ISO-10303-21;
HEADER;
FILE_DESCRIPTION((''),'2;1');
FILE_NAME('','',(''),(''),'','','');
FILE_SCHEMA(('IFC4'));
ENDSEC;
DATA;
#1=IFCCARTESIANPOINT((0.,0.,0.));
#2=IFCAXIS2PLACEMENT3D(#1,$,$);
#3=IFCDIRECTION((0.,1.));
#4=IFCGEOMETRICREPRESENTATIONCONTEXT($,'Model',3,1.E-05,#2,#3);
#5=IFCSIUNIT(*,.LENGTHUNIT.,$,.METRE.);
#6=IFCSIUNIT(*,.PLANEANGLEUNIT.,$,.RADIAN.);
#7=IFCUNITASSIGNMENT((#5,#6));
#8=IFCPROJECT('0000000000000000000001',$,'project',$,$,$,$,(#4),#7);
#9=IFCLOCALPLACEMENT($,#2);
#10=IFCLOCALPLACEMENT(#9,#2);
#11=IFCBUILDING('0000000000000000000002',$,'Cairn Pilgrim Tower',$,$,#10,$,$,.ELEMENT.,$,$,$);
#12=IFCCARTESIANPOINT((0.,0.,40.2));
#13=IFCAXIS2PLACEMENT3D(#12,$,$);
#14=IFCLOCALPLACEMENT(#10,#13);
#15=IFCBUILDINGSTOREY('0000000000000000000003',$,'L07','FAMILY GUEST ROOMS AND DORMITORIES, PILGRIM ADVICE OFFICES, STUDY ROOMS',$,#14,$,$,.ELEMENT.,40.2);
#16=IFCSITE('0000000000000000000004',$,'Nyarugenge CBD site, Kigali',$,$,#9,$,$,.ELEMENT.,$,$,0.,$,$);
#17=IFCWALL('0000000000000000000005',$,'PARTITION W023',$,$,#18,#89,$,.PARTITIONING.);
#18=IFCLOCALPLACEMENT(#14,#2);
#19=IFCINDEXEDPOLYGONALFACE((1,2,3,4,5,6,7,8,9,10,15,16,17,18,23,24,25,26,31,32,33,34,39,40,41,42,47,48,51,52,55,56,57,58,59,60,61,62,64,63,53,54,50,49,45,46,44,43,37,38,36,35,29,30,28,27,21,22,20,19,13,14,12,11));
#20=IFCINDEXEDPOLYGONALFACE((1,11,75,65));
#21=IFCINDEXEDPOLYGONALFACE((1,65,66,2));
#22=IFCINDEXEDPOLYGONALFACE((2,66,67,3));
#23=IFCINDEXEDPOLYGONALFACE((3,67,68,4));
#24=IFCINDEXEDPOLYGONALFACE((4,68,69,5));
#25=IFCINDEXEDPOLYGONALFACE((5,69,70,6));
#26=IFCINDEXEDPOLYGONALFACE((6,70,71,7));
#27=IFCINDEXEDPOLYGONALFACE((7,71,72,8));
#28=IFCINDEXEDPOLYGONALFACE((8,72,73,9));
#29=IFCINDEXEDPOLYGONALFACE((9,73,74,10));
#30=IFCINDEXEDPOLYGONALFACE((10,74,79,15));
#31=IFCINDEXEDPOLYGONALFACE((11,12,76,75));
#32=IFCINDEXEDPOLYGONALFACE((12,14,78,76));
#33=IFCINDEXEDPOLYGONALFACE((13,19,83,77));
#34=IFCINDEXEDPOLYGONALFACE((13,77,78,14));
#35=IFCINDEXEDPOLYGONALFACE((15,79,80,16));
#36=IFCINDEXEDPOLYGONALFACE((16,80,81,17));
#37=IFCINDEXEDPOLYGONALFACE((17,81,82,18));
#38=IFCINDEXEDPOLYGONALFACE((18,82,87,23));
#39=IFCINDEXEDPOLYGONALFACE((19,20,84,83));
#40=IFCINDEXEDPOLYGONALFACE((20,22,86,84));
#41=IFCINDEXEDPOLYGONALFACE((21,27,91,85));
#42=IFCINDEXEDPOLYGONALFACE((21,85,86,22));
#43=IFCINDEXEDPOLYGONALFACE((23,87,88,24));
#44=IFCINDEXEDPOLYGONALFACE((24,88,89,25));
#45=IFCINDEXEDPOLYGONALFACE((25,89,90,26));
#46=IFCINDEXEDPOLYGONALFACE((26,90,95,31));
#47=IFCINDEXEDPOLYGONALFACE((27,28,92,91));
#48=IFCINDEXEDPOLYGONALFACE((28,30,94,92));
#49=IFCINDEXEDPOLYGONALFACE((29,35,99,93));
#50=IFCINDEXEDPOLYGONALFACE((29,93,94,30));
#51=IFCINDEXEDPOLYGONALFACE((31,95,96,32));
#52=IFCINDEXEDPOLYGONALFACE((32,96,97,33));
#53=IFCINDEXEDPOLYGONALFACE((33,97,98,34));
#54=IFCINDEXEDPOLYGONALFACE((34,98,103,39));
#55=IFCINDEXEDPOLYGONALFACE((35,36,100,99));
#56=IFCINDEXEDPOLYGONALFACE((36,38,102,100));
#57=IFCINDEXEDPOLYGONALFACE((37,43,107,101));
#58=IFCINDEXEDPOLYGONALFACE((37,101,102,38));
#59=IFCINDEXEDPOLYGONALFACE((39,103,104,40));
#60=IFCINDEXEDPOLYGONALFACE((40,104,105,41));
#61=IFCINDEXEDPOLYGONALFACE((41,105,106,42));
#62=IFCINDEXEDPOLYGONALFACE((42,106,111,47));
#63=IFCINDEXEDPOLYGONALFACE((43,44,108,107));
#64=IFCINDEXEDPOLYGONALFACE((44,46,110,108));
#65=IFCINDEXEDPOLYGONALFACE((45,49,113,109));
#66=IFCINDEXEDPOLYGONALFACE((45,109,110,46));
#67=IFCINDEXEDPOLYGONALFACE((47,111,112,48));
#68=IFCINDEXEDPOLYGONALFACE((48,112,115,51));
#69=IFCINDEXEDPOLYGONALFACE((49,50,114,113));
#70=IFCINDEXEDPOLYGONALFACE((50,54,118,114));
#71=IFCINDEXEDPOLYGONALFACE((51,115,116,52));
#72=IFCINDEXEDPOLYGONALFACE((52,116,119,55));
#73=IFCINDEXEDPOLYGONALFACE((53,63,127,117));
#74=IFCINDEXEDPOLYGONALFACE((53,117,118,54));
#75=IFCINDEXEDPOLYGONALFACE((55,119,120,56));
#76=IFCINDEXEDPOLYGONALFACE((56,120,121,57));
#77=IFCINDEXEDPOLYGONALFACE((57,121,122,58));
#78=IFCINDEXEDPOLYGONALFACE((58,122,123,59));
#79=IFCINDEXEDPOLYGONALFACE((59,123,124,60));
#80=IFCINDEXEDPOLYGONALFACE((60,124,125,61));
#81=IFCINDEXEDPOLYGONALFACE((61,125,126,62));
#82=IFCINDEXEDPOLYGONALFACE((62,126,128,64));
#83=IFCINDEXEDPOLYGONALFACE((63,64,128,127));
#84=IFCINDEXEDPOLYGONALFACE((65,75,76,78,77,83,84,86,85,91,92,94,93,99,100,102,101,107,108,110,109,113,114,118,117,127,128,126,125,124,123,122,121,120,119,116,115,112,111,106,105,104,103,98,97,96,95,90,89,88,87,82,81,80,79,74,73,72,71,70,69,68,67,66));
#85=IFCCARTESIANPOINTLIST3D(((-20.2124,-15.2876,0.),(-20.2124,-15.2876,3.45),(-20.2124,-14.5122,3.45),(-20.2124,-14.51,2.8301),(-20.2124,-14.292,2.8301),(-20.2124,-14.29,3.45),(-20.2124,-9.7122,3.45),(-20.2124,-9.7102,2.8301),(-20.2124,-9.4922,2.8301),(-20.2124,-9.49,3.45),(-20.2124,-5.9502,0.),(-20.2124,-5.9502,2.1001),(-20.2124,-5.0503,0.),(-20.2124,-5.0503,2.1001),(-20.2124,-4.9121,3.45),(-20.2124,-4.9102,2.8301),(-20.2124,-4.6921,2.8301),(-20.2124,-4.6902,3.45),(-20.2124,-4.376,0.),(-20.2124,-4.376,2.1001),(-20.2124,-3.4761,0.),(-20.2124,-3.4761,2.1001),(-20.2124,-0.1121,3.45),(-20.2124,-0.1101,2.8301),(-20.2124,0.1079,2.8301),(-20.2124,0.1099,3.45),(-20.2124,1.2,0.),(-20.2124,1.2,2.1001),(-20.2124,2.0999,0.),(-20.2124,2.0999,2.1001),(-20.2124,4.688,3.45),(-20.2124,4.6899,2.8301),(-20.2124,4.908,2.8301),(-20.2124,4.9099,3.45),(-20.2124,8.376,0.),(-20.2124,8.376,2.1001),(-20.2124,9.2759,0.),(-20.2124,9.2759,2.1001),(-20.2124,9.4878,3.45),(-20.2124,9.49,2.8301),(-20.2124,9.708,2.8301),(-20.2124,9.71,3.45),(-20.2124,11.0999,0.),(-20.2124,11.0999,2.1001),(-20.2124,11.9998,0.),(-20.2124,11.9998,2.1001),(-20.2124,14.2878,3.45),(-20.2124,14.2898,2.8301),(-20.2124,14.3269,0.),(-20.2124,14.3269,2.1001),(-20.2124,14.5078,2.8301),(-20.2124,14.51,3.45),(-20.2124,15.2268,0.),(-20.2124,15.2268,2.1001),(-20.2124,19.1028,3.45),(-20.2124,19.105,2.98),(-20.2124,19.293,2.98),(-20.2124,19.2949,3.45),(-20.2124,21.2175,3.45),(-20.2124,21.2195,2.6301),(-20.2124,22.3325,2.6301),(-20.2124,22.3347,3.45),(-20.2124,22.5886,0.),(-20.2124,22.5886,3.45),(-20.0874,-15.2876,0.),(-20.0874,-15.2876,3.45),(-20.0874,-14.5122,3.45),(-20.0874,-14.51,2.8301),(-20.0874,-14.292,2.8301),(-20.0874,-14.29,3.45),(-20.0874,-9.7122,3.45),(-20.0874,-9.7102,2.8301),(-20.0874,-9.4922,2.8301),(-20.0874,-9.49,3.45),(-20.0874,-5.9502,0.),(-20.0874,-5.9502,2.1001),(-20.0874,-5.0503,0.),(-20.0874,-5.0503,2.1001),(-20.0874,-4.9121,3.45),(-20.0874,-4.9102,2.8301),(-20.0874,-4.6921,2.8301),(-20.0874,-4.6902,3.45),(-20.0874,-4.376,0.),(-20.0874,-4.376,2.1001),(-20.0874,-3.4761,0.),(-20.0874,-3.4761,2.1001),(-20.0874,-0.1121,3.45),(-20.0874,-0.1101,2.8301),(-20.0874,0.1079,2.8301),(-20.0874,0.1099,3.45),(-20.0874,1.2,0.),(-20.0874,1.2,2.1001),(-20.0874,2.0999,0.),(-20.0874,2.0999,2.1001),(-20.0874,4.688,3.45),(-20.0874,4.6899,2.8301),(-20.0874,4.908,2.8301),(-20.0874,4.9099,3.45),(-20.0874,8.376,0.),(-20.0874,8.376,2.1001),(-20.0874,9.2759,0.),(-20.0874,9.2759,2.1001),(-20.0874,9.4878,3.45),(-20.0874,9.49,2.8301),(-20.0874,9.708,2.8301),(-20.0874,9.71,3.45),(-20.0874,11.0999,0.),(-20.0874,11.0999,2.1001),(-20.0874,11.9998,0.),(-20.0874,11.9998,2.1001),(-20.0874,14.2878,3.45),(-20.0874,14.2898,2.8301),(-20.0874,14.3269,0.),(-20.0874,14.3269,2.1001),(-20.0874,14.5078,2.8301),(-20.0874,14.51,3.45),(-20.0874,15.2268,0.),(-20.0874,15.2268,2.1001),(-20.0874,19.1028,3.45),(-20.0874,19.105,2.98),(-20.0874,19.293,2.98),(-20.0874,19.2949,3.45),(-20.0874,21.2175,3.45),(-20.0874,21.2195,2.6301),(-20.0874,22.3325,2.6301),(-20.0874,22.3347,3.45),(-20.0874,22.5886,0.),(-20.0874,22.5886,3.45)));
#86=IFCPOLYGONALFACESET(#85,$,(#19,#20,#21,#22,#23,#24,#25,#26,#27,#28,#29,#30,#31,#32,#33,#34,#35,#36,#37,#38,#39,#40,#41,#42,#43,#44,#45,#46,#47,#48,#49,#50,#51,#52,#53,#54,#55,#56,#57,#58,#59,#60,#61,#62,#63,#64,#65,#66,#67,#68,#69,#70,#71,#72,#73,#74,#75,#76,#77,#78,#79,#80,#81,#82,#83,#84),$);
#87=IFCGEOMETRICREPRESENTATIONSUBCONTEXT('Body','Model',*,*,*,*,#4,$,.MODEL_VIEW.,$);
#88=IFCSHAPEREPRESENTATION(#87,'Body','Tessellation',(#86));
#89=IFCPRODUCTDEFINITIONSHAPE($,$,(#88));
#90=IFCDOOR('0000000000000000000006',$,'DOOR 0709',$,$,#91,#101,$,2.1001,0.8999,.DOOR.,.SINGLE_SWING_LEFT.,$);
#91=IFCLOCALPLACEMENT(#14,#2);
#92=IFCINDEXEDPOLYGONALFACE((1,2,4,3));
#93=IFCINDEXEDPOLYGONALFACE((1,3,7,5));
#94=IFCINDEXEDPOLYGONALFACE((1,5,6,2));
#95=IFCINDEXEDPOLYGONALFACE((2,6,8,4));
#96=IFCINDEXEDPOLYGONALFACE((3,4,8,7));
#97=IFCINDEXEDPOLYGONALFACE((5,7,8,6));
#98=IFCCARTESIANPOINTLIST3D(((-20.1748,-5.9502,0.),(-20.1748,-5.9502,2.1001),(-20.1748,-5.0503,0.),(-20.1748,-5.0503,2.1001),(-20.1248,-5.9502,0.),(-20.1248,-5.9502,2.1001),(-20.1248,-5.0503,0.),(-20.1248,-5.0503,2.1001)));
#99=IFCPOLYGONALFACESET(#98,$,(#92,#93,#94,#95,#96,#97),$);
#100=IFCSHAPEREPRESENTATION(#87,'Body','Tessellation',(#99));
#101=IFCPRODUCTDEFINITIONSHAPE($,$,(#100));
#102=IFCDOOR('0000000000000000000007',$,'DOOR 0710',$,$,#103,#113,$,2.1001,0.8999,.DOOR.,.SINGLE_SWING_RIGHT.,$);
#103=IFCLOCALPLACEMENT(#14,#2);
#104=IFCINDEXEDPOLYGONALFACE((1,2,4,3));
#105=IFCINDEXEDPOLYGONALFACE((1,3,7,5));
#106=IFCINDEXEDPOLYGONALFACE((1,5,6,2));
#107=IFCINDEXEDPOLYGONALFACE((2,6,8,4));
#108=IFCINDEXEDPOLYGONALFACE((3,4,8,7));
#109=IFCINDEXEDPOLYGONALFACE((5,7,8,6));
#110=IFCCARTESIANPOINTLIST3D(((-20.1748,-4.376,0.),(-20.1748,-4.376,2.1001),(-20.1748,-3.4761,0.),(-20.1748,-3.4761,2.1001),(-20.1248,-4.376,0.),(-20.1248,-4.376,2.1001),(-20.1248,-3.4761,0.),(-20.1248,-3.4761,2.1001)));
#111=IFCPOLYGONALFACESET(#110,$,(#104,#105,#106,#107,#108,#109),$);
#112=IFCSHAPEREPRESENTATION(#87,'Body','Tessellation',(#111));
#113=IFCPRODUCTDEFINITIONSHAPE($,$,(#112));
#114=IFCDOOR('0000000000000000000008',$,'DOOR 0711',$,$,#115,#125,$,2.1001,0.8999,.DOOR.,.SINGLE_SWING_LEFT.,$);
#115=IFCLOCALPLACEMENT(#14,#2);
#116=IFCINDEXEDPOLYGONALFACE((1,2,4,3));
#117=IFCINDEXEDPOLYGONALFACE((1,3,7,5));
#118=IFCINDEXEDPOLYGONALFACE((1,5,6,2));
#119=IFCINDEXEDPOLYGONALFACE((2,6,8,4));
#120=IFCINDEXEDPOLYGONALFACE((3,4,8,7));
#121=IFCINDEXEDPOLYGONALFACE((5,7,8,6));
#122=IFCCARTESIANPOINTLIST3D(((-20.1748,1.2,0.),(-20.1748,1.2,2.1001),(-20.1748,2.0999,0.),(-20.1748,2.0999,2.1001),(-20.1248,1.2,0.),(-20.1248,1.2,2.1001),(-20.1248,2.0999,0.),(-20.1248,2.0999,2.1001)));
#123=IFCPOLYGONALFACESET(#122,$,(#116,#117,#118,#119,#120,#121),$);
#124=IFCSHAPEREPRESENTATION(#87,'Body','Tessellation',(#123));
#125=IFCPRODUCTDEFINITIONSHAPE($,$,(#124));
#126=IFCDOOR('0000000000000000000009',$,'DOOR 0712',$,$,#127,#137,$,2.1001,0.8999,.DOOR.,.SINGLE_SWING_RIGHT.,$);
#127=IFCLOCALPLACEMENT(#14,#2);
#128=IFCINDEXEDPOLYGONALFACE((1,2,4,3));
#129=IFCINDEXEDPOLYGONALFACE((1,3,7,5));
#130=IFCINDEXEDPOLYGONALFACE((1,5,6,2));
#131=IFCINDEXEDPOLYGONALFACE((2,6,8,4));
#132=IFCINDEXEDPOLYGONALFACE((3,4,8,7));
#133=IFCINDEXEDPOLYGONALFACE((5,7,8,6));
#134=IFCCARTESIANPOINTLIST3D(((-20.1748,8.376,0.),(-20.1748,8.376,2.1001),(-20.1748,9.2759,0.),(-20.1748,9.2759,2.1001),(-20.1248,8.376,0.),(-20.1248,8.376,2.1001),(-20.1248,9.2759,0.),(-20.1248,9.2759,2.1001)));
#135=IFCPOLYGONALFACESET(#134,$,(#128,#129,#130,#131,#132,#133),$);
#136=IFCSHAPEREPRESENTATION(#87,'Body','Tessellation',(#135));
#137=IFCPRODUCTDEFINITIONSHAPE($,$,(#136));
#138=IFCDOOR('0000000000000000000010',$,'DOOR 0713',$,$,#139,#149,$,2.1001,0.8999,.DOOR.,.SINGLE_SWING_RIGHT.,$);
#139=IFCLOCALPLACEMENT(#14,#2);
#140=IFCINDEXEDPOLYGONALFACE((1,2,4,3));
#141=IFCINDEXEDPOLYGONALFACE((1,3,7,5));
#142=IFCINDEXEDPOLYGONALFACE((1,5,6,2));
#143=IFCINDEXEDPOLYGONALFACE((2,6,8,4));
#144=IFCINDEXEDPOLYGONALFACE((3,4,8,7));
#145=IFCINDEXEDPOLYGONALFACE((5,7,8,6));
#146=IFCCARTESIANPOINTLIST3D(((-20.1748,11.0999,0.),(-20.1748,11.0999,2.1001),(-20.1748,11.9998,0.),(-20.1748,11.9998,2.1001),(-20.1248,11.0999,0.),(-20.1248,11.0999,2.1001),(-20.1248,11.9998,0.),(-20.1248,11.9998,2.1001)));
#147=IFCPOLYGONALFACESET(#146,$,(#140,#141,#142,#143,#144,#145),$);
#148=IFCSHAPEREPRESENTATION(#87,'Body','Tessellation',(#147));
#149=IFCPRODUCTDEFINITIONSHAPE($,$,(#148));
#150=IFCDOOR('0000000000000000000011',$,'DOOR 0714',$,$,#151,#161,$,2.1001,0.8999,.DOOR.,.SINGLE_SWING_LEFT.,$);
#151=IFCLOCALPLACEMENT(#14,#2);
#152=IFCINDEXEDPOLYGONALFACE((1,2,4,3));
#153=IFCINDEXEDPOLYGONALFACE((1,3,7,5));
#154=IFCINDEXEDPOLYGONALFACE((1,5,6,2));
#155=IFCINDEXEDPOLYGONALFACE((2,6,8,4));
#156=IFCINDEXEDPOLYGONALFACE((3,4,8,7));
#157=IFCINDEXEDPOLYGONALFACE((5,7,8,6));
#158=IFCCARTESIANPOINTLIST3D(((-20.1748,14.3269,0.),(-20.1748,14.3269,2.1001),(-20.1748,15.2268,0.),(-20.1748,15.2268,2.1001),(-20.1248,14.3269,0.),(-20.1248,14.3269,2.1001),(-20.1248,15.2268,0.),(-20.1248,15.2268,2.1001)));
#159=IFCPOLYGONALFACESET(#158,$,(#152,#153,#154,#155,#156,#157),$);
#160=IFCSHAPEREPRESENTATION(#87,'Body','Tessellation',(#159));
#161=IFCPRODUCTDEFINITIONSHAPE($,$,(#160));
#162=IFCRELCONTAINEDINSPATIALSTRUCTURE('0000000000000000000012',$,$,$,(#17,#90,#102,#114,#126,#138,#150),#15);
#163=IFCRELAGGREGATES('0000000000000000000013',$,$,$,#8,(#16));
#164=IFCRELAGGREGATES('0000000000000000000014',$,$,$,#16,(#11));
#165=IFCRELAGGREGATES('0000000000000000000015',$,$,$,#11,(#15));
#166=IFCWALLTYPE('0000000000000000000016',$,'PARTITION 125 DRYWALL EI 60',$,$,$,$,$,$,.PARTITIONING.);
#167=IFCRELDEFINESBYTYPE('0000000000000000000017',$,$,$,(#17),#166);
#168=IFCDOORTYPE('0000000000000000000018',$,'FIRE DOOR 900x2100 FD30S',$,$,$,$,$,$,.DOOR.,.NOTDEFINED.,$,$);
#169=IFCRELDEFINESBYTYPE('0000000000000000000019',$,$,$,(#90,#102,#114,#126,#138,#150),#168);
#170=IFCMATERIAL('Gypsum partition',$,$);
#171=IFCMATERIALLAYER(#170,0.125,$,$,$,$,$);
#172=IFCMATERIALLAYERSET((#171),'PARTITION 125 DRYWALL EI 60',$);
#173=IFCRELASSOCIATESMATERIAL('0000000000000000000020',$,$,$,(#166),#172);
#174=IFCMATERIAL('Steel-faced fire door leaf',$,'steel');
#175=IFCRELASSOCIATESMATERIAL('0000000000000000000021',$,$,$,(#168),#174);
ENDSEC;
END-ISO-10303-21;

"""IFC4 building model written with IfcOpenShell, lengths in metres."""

from ifc_helpers import new_model, si_unit, direction, frame, frame_2d, origin, place, context, subcontext, project, spatial, polyline, rectangle, outline, extrude, material, layer, layer_set, type_object, element, fill, save


model = new_model("IFC4")

# Units and contexts
model_context = context("Model", 3, precision=1e-05, world=origin(), true_north=direction((0.0, 1.0)))
body_context = subcontext(model_context, "Body", "Model", "MODEL_VIEW")
ifc_project = project(units=[si_unit("LENGTHUNIT", "METRE"), si_unit("PLANEANGLEUNIT", "RADIAN")], contexts=[model_context])

# Site, building, storey
site_placement = place(None, origin())
site = spatial("IfcSite", under=ifc_project, at=site_placement, Name="Nyarugenge CBD site, Kigali", CompositionType="ELEMENT", RefElevation=0.0)
building_placement = place(site_placement, origin())
building = spatial("IfcBuilding", under=site, at=building_placement, Name="Cairn Pilgrim Tower", CompositionType="ELEMENT")
storey_placement = place(building_placement, frame((0.0, 0.0, 40.2)))
storey = spatial("IfcBuildingStorey", under=building, at=storey_placement, Name="L07", Description="FAMILY GUEST ROOMS AND DORMITORIES, PILGRIM ADVICE OFFICES, STUDY ROOMS", CompositionType="ELEMENT", Elevation=40.2)

# Shared definitions
ifc_material_1 = material(Name="Gypsum partition")
ifc_layer_1 = layer(ifc_material_1, 0.125)
ifc_layer_set_1 = layer_set([ifc_layer_1], Name="PARTITION 125 DRYWALL EI 60")
wall_type = type_object("IfcWallType", Name="PARTITION 125 DRYWALL EI 60", PredefinedType="PARTITIONING", material=ifc_layer_set_1)

# Wall, openings, doors
ifc_material_2 = material(Name="Steel-faced fire door leaf", Category="steel")
door_type = type_object("IfcDoorType", Name="FIRE DOOR 900x2100 FD30S", OperationType="NOTDEFINED", PredefinedType="DOOR", material=ifc_material_2)
wall_1_placement = place(storey_placement, frame((-20.1499, -15.2876, 0.0), z_axis=(0.0, 0.0, 1.0), x_axis=(0.0, 1.0, 0.0)))
wall_1 = element("IfcWall", 1, at=wall_1_placement, inside=storey, type_object=wall_type, Name="PARTITION W023", PredefinedType="PARTITIONING", context=body_context, shape_type="SweptSolid", body=[
    extrude(outline(polyline([(0.0, 0.0), (37.8762, 0.0), (37.8762, 3.45), (37.6223, 3.45), (37.6201, 2.6301), (36.5071, 2.6301), (36.5051, 3.45), (34.5825, 3.45), (34.5806, 2.98), (34.3926, 2.98), (34.3904, 3.45), (29.7976, 3.45), (29.7954, 2.8301), (29.5774, 2.8301), (29.5754, 3.45), (24.9976, 3.45), (24.9956, 2.8301), (24.7776, 2.8301), (24.7754, 3.45), (20.1975, 3.45), (20.1956, 2.8301), (19.9775, 2.8301), (19.9756, 3.45), (15.3975, 3.45), (15.3955, 2.8301), (15.1775, 2.8301), (15.1755, 3.45), (10.5974, 3.45), (10.5955, 2.8301), (10.3774, 2.8301), (10.3755, 3.45), (5.7976, 3.45), (5.7954, 2.8301), (5.5774, 2.8301), (5.5754, 3.45), (0.9976, 3.45), (0.9956, 2.8301), (0.7776, 2.8301), (0.7754, 3.45), (0.0, 3.45), (0.0, 0.0)])), frame((0.0, 0.0625, 0.0), z_axis=(0.0, -1.0, 0.0), x_axis=(1.0, 0.0, 0.0)), (0.0, 0.0, 1.0), 0.125),
])
opening_1_placement = place(wall_1_placement, frame((9.3374, 0.0, 0.0)))
opening_1 = element("IfcOpeningElement", 2, at=opening_1_placement, cuts=wall_1, PredefinedType="OPENING", context=body_context, shape_type="SweptSolid", body=[
    extrude(rectangle(XDim=0.8999, YDim=2.1001, at=frame_2d((0.45, 1.05))), frame((0.0, 0.0725, 0.0), z_axis=(0.0, -1.0, 0.0), x_axis=(1.0, 0.0, 0.0)), (0.0, 0.0, 1.0), 0.145),
])
opening_2_placement = place(wall_1_placement, frame((10.9116, 0.0, 0.0)))
opening_2 = element("IfcOpeningElement", 3, at=opening_2_placement, cuts=wall_1, PredefinedType="OPENING", context=body_context, shape_type="SweptSolid", body=[
    extrude(rectangle(XDim=0.8999, YDim=2.1001, at=frame_2d((0.45, 1.05))), frame((0.0, 0.0725, 0.0), z_axis=(0.0, -1.0, 0.0), x_axis=(1.0, 0.0, 0.0)), (0.0, 0.0, 1.0), 0.145),
])
opening_3_placement = place(wall_1_placement, frame((16.4875, 0.0, 0.0)))
opening_3 = element("IfcOpeningElement", 4, at=opening_3_placement, cuts=wall_1, PredefinedType="OPENING", context=body_context, shape_type="SweptSolid", body=[
    extrude(rectangle(XDim=0.8999, YDim=2.1001, at=frame_2d((0.45, 1.05))), frame((0.0, 0.0725, 0.0), z_axis=(0.0, -1.0, 0.0), x_axis=(1.0, 0.0, 0.0)), (0.0, 0.0, 1.0), 0.145),
])
opening_4_placement = place(wall_1_placement, frame((23.6636, 0.0, 0.0)))
opening_4 = element("IfcOpeningElement", 5, at=opening_4_placement, cuts=wall_1, PredefinedType="OPENING", context=body_context, shape_type="SweptSolid", body=[
    extrude(rectangle(XDim=0.8999, YDim=2.1001, at=frame_2d((0.45, 1.05))), frame((0.0, 0.0725, 0.0), z_axis=(0.0, -1.0, 0.0), x_axis=(1.0, 0.0, 0.0)), (0.0, 0.0, 1.0), 0.145),
])
opening_5_placement = place(wall_1_placement, frame((26.3875, 0.0, 0.0)))
opening_5 = element("IfcOpeningElement", 6, at=opening_5_placement, cuts=wall_1, PredefinedType="OPENING", context=body_context, shape_type="SweptSolid", body=[
    extrude(rectangle(XDim=0.8999, YDim=2.1001, at=frame_2d((0.45, 1.05))), frame((0.0, 0.0725, 0.0), z_axis=(0.0, -1.0, 0.0), x_axis=(1.0, 0.0, 0.0)), (0.0, 0.0, 1.0), 0.145),
])
opening_6_placement = place(wall_1_placement, frame((29.6145, 0.0, 0.0)))
opening_6 = element("IfcOpeningElement", 7, at=opening_6_placement, cuts=wall_1, PredefinedType="OPENING", context=body_context, shape_type="SweptSolid", body=[
    extrude(rectangle(XDim=0.8999, YDim=2.1001, at=frame_2d((0.45, 1.05))), frame((0.0, 0.0725, 0.0), z_axis=(0.0, -1.0, 0.0), x_axis=(1.0, 0.0, 0.0)), (0.0, 0.0, 1.0), 0.145),
])
door_1_placement = place(opening_1_placement, origin())
door_1 = element("IfcDoor", 8, at=door_1_placement, inside=storey, type_object=door_type, Name="DOOR 0709", OperationType="SINGLE_SWING_LEFT", OverallHeight=2.1001, OverallWidth=0.8999, PredefinedType="DOOR", context=body_context, shape_type="SweptSolid", body=[
    extrude(rectangle(XDim=0.8999, YDim=2.1001, at=frame_2d((0.45, 1.05))), frame((0.0, 0.0249, 0.0), z_axis=(0.0, -1.0, 0.0), x_axis=(1.0, 0.0, 0.0)), (0.0, 0.0, 1.0), 0.05),
])
fill(opening_1, door_1)
door_2_placement = place(opening_2_placement, origin())
door_2 = element("IfcDoor", 9, at=door_2_placement, inside=storey, type_object=door_type, Name="DOOR 0710", OperationType="SINGLE_SWING_RIGHT", OverallHeight=2.1001, OverallWidth=0.8999, PredefinedType="DOOR", context=body_context, shape_type="SweptSolid", body=[
    extrude(rectangle(XDim=0.8999, YDim=2.1001, at=frame_2d((0.45, 1.05))), frame((0.0, 0.0249, 0.0), z_axis=(0.0, -1.0, 0.0), x_axis=(1.0, 0.0, 0.0)), (0.0, 0.0, 1.0), 0.05),
])
fill(opening_2, door_2)
door_3_placement = place(opening_3_placement, origin())
door_3 = element("IfcDoor", 10, at=door_3_placement, inside=storey, type_object=door_type, Name="DOOR 0711", OperationType="SINGLE_SWING_LEFT", OverallHeight=2.1001, OverallWidth=0.8999, PredefinedType="DOOR", context=body_context, shape_type="SweptSolid", body=[
    extrude(rectangle(XDim=0.8999, YDim=2.1001, at=frame_2d((0.45, 1.05))), frame((0.0, 0.0249, 0.0), z_axis=(0.0, -1.0, 0.0), x_axis=(1.0, 0.0, 0.0)), (0.0, 0.0, 1.0), 0.05),
])
fill(opening_3, door_3)
door_4_placement = place(opening_4_placement, origin())
door_4 = element("IfcDoor", 11, at=door_4_placement, inside=storey, type_object=door_type, Name="DOOR 0712", OperationType="SINGLE_SWING_RIGHT", OverallHeight=2.1001, OverallWidth=0.8999, PredefinedType="DOOR", context=body_context, shape_type="SweptSolid", body=[
    extrude(rectangle(XDim=0.8999, YDim=2.1001, at=frame_2d((0.45, 1.05))), frame((0.0, 0.0249, 0.0), z_axis=(0.0, -1.0, 0.0), x_axis=(1.0, 0.0, 0.0)), (0.0, 0.0, 1.0), 0.05),
])
fill(opening_4, door_4)
door_5_placement = place(opening_5_placement, origin())
door_5 = element("IfcDoor", 12, at=door_5_placement, inside=storey, type_object=door_type, Name="DOOR 0713", OperationType="SINGLE_SWING_RIGHT", OverallHeight=2.1001, OverallWidth=0.8999, PredefinedType="DOOR", context=body_context, shape_type="SweptSolid", body=[
    extrude(rectangle(XDim=0.8999, YDim=2.1001, at=frame_2d((0.45, 1.05))), frame((0.0, 0.0249, 0.0), z_axis=(0.0, -1.0, 0.0), x_axis=(1.0, 0.0, 0.0)), (0.0, 0.0, 1.0), 0.05),
])
fill(opening_5, door_5)
door_6_placement = place(opening_6_placement, origin())
door_6 = element("IfcDoor", 13, at=door_6_placement, inside=storey, type_object=door_type, Name="DOOR 0714", OperationType="SINGLE_SWING_LEFT", OverallHeight=2.1001, OverallWidth=0.8999, PredefinedType="DOOR", context=body_context, shape_type="SweptSolid", body=[
    extrude(rectangle(XDim=0.8999, YDim=2.1001, at=frame_2d((0.45, 1.05))), frame((0.0, 0.0249, 0.0), z_axis=(0.0, -1.0, 0.0), x_axis=(1.0, 0.0, 0.0)), (0.0, 0.0, 1.0), 0.05),
])
fill(opening_6, door_6)

save(model, "model.ifc")
